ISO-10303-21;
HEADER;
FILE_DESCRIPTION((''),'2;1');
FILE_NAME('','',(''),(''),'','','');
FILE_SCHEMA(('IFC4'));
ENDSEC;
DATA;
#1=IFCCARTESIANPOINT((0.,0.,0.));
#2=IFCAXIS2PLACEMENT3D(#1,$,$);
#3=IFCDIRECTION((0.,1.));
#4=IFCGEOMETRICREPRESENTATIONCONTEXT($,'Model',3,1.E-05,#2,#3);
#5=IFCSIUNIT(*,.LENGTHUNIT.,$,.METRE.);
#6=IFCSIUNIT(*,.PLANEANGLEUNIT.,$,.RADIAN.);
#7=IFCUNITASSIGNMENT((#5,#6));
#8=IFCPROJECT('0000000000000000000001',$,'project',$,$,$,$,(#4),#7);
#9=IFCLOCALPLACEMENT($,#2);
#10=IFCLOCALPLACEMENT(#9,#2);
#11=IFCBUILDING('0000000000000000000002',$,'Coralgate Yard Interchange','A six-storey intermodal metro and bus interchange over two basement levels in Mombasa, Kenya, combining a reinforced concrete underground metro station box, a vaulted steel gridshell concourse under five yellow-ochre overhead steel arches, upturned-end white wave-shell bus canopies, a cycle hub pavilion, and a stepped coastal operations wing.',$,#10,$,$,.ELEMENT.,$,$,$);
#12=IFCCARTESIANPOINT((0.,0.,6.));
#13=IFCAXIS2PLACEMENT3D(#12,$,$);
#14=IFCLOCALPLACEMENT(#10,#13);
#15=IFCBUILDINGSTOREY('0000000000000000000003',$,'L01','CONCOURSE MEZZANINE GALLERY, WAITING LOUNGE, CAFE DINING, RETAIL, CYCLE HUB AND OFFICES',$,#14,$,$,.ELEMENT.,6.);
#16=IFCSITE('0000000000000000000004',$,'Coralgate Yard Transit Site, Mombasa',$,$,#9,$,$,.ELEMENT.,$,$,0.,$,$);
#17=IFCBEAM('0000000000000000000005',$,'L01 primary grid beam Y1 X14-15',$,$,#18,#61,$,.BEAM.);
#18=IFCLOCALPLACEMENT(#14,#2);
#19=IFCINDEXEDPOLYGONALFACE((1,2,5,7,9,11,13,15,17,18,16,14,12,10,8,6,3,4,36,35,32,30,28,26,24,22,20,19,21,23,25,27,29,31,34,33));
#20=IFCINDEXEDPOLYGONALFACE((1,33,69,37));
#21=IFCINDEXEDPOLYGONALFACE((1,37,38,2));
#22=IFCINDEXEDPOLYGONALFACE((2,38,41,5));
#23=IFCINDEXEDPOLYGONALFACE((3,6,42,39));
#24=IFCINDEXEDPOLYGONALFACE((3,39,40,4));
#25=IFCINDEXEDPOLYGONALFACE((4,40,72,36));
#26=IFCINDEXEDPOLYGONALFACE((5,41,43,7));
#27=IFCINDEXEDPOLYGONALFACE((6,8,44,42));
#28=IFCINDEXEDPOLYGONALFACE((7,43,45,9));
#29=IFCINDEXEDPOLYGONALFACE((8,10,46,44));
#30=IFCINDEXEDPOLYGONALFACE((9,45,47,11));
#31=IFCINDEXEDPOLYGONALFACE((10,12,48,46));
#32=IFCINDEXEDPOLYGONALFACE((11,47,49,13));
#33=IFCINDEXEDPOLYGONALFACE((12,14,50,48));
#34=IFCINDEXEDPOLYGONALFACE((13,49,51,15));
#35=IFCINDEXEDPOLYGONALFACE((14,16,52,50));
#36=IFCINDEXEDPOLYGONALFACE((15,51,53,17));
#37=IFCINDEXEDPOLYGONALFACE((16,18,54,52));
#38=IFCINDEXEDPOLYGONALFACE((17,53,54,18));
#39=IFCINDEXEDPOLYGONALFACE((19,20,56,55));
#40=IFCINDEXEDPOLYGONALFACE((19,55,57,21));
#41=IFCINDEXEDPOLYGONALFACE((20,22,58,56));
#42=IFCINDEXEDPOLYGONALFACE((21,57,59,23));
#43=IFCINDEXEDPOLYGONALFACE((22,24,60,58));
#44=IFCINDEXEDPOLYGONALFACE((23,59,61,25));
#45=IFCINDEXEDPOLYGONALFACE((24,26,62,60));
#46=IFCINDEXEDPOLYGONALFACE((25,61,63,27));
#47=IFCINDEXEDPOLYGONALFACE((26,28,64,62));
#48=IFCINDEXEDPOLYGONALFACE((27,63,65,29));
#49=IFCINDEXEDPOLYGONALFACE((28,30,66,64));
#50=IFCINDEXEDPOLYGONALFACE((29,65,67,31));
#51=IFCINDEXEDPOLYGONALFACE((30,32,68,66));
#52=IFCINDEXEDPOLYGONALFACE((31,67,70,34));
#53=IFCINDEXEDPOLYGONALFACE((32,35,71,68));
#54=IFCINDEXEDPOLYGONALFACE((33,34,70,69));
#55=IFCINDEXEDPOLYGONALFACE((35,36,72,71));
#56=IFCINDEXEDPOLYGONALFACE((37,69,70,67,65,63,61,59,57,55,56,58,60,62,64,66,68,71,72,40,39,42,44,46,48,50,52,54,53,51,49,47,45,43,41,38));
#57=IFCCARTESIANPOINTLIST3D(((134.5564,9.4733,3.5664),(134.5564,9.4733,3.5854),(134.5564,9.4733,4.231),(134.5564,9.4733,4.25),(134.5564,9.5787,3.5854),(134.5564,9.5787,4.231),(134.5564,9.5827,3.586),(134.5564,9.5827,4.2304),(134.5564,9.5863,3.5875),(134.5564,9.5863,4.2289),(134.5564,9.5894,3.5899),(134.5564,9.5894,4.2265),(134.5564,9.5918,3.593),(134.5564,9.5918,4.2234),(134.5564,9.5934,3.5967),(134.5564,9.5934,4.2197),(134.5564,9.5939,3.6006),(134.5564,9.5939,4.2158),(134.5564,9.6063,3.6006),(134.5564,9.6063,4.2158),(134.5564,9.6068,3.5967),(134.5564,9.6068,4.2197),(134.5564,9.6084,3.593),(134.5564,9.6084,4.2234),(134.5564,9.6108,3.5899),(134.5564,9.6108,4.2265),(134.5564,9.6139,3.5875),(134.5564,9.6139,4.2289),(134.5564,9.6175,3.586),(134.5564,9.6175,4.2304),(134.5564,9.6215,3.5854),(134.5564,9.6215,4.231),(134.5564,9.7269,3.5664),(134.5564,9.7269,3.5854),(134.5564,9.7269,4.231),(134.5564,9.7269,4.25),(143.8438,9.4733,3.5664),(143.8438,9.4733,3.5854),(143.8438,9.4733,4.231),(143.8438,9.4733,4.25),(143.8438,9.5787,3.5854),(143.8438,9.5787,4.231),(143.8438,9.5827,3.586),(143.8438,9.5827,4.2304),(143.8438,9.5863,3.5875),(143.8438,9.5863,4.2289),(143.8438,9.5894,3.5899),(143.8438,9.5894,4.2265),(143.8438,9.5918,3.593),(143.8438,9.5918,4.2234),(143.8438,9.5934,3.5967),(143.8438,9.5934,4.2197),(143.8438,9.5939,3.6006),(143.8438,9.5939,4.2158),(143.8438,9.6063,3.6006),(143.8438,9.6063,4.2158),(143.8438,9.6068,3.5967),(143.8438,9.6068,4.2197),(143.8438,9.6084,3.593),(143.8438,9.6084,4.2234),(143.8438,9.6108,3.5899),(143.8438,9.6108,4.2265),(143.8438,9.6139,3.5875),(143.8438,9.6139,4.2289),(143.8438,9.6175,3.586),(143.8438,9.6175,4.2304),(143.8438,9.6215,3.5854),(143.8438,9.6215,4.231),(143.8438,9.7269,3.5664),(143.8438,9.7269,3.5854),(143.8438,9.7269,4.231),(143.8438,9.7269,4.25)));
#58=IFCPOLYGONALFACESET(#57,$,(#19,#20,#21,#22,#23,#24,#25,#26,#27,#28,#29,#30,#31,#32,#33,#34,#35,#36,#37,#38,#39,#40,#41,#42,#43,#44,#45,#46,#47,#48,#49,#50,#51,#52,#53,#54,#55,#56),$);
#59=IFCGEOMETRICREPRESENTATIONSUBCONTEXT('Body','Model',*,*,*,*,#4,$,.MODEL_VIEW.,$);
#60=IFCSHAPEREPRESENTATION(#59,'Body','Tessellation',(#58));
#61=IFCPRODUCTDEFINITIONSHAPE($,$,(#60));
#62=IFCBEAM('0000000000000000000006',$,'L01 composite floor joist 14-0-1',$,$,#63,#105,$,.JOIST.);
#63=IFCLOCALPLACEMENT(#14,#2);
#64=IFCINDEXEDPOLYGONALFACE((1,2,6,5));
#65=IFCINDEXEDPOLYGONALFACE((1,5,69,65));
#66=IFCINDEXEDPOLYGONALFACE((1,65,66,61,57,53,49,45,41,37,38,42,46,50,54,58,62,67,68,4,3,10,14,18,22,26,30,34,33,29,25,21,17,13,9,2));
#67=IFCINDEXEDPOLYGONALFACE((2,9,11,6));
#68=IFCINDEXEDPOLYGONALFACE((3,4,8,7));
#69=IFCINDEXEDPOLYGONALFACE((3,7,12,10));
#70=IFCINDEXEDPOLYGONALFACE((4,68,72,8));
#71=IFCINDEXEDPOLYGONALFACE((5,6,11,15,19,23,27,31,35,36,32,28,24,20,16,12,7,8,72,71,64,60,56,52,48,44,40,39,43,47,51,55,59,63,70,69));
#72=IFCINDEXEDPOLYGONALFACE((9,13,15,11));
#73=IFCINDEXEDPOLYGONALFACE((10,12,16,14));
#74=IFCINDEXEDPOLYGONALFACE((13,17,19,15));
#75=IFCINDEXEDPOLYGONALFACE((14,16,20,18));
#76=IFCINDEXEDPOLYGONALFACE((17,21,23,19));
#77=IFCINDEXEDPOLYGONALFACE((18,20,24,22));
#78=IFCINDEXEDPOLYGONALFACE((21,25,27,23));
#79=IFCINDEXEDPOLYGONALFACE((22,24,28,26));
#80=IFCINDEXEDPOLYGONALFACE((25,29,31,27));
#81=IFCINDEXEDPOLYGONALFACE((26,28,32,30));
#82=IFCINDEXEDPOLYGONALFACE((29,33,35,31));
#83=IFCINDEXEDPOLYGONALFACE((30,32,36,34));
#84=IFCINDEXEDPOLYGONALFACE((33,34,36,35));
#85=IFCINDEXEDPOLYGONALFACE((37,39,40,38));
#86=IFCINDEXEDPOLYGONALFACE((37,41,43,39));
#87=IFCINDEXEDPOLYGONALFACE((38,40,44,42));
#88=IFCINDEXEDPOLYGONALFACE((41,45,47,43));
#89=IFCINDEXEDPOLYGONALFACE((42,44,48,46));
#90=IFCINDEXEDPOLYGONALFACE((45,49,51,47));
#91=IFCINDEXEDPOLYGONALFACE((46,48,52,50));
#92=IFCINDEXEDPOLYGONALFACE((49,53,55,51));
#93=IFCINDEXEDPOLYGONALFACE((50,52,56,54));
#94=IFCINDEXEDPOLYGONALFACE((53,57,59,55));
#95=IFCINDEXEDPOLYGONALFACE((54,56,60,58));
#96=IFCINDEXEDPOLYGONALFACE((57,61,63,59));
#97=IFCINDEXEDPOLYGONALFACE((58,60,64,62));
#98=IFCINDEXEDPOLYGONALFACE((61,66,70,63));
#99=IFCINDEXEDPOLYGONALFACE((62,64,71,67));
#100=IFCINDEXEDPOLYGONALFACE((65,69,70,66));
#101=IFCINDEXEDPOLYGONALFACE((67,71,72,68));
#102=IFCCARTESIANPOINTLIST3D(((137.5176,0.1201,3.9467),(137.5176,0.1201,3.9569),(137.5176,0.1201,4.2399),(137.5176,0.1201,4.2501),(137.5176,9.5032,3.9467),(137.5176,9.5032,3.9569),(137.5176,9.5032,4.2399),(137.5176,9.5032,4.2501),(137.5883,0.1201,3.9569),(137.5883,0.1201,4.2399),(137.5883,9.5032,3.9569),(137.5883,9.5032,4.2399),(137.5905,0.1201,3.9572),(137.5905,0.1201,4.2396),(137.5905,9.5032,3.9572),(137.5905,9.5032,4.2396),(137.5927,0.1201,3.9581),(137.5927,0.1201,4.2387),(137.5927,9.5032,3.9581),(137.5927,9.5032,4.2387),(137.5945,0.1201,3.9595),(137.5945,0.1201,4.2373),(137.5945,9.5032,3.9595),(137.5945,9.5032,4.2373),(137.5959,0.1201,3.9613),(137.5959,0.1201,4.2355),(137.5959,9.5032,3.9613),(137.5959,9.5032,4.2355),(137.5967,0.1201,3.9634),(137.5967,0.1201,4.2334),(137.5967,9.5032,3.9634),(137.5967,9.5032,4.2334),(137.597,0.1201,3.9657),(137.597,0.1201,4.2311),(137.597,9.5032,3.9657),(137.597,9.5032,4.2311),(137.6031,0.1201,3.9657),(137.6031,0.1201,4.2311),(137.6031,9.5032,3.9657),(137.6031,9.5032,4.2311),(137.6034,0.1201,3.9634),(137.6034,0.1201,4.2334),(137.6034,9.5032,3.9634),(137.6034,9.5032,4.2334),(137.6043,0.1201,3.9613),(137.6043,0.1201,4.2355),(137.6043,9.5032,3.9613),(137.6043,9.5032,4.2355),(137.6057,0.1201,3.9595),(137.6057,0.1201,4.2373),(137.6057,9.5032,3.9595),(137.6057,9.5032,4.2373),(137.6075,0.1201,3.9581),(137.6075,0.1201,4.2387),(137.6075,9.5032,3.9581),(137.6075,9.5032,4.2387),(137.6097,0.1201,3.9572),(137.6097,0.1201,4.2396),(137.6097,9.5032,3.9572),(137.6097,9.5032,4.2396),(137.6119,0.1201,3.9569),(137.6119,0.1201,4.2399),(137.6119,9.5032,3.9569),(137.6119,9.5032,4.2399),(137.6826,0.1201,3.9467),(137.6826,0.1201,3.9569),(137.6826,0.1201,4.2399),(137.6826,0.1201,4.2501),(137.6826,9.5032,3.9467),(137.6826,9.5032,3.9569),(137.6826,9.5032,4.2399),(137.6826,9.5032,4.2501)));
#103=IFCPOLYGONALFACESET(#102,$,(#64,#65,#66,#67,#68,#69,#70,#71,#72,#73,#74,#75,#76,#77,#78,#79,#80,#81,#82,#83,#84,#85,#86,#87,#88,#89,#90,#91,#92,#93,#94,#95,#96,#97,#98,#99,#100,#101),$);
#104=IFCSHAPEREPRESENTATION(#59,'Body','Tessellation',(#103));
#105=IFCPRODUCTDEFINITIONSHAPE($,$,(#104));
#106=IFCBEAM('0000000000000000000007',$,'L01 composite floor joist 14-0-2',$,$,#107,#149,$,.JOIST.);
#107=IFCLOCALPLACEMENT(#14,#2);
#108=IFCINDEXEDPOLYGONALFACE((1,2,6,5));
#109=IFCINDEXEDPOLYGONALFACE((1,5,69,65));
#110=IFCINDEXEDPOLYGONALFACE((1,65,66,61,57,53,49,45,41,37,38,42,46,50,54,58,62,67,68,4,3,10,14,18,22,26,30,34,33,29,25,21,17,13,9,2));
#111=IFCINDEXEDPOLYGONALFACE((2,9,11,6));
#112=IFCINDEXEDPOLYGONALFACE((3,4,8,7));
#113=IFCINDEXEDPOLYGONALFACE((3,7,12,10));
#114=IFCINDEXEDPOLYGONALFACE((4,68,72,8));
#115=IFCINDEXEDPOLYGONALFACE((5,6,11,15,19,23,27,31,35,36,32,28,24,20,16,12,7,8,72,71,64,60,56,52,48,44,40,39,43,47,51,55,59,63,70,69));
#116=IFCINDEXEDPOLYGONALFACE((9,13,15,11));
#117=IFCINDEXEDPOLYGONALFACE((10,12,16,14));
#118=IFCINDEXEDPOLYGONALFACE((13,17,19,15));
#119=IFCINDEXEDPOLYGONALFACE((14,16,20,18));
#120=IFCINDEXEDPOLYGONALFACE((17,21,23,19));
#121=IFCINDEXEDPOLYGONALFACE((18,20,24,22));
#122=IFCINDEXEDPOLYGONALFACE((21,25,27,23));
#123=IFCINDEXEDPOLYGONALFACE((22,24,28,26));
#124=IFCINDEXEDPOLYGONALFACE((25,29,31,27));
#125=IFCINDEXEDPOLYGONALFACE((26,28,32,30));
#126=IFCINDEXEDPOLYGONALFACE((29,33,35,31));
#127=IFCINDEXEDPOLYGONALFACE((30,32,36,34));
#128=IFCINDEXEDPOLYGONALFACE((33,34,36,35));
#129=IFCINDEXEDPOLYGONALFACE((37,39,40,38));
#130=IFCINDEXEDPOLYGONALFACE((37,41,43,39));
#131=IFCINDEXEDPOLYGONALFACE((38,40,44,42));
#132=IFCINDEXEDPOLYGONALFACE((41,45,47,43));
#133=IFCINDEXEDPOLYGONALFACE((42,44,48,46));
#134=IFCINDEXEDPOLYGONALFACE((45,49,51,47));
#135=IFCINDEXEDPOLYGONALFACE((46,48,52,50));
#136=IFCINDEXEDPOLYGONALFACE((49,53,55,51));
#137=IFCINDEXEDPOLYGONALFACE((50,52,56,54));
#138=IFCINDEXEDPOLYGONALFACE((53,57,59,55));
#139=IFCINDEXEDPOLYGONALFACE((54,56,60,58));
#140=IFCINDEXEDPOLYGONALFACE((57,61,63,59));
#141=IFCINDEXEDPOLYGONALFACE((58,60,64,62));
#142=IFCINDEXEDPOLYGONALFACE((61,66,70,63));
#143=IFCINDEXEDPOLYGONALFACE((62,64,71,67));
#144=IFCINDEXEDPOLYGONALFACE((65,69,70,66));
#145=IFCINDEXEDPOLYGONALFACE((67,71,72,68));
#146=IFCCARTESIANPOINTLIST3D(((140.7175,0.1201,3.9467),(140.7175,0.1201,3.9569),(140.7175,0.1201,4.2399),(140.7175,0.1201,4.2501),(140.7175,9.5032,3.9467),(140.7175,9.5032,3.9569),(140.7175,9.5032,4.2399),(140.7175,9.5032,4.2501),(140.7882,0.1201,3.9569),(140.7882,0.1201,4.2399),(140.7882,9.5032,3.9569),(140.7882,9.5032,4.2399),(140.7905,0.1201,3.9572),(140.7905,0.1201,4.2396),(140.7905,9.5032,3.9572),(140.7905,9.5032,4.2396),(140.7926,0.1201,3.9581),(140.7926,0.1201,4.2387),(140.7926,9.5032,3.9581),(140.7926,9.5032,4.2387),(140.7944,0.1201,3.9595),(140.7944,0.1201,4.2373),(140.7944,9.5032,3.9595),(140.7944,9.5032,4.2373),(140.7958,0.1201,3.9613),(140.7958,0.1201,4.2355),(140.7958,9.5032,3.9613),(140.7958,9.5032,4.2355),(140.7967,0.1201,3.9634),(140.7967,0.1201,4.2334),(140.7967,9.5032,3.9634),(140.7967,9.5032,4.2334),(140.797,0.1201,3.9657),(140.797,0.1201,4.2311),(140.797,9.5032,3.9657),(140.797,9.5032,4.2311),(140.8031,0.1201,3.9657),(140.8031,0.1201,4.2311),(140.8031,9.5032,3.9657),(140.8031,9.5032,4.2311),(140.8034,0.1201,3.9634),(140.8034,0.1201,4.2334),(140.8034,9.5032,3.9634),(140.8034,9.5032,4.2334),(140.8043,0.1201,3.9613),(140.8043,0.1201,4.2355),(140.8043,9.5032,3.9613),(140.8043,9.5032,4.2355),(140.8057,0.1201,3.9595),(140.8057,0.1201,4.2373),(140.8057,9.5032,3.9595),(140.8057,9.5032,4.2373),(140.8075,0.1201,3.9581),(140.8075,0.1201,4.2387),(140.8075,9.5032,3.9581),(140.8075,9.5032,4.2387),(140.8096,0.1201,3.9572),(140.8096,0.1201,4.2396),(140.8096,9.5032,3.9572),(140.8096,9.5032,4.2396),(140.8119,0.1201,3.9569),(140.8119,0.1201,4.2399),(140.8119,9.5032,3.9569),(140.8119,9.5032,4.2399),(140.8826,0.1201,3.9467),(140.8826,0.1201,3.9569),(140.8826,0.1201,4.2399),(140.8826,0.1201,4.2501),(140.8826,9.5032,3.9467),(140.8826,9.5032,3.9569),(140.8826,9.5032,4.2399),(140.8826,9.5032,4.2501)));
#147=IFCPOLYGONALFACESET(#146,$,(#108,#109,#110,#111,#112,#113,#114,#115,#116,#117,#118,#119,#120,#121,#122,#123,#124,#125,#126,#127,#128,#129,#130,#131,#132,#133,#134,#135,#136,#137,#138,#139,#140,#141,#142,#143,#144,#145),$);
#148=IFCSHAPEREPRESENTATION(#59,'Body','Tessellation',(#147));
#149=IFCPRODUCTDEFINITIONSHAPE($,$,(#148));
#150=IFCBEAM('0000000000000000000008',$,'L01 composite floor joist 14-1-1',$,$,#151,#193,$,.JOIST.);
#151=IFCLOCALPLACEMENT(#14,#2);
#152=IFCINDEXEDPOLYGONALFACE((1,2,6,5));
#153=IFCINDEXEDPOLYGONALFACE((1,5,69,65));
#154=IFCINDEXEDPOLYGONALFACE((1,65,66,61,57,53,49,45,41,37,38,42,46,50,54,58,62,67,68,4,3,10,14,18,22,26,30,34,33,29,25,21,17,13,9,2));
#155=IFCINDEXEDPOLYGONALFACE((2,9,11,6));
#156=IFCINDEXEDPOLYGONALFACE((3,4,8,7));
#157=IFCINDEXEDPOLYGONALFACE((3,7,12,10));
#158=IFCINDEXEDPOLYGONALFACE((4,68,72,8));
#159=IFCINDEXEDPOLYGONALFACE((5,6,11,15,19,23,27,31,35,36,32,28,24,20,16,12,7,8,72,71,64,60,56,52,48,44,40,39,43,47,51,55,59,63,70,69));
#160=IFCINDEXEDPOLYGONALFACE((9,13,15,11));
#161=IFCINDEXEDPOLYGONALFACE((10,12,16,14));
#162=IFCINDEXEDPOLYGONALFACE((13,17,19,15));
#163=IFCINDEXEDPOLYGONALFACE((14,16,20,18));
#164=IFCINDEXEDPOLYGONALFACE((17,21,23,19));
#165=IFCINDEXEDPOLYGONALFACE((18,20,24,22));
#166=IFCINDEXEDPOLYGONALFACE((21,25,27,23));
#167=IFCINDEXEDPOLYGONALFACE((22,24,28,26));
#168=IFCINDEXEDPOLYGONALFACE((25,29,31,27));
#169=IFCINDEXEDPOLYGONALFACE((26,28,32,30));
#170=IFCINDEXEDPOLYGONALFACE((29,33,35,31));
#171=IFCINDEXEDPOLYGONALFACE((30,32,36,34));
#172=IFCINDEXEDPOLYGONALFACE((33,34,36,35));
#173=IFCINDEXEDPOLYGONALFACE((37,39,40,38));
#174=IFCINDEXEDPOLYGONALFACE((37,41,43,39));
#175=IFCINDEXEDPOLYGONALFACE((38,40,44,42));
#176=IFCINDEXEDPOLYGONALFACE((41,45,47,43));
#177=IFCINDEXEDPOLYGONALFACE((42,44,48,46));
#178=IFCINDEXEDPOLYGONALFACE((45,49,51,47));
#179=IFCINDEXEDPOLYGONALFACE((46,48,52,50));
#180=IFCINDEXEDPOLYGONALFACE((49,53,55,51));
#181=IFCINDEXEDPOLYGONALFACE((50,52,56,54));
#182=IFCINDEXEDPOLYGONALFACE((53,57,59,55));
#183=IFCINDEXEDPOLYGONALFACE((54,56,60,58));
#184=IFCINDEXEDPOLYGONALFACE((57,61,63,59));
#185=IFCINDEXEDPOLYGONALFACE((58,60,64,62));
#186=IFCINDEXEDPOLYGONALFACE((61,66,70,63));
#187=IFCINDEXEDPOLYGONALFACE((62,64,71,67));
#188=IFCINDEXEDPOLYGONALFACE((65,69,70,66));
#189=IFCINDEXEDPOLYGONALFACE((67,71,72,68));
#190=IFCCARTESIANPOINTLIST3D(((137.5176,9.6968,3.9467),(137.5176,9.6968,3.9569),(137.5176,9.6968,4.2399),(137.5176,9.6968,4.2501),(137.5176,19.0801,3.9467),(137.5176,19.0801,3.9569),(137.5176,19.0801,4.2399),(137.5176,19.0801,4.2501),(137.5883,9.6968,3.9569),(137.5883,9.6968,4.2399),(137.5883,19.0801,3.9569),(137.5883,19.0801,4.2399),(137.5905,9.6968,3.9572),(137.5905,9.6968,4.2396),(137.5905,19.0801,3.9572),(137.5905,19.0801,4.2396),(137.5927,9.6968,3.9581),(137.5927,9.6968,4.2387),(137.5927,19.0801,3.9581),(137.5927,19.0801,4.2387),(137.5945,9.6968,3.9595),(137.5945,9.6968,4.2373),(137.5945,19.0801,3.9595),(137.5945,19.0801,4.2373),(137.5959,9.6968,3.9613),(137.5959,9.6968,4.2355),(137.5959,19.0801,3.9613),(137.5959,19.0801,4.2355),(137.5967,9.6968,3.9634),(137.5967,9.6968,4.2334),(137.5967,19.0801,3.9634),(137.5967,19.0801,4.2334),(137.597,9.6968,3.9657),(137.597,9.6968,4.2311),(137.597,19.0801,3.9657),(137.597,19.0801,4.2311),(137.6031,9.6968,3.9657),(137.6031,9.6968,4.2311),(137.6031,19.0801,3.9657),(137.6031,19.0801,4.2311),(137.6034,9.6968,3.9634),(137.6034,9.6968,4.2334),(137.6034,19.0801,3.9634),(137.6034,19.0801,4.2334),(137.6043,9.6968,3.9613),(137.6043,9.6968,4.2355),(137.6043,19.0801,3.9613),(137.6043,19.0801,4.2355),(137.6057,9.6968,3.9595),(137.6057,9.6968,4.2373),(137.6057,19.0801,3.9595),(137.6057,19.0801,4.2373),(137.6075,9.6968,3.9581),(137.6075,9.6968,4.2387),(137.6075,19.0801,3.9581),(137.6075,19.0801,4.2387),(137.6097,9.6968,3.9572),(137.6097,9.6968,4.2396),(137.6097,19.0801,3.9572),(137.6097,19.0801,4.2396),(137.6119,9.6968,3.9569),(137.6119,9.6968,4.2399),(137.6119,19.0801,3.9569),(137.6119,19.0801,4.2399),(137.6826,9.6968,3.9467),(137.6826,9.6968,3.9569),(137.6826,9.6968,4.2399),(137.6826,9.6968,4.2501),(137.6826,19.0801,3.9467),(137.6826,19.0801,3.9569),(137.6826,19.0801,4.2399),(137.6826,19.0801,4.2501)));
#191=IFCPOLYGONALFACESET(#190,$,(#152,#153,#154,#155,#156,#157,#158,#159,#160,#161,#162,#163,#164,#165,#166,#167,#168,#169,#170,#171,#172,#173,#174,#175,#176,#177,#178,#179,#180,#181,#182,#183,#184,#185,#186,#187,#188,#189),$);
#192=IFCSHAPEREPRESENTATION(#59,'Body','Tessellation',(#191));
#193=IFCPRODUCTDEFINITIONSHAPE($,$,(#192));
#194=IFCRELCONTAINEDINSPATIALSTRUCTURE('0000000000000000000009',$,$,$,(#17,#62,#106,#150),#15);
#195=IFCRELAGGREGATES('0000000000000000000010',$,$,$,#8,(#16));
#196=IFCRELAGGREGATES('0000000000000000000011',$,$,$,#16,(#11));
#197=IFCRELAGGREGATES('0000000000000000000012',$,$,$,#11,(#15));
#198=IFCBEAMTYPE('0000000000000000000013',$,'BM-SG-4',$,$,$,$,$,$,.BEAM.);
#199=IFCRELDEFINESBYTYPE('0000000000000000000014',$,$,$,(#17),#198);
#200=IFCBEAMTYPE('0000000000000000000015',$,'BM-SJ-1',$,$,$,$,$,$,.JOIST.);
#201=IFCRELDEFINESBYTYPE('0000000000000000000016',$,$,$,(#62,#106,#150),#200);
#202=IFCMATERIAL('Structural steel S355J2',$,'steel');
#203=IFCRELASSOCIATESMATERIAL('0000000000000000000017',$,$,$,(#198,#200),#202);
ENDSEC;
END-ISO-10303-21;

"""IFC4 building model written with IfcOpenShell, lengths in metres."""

from ifc_helpers import new_model, si_unit, direction, frame, origin, origin_2d, place, context, subcontext, project, spatial, i_section, extrude, material, material_profile, profile_set, type_object, element, save


model = new_model("IFC4")

# Units and contexts
model_context = context("Model", 3, precision=1e-05, world=origin(), true_north=direction((0.0, 1.0)))
body_context = subcontext(model_context, "Body", "Model", "MODEL_VIEW")
ifc_project = project(units=[si_unit("LENGTHUNIT", "METRE"), si_unit("PLANEANGLEUNIT", "RADIAN")], contexts=[model_context])

# Site, building, storey
site_placement = place(None, origin())
site = spatial("IfcSite", under=ifc_project, at=site_placement, Name="Coralgate Yard Transit Site, Mombasa", CompositionType="ELEMENT", RefElevation=0.0)
building_placement = place(site_placement, origin())
building = spatial("IfcBuilding", under=site, at=building_placement, Name="Coralgate Yard Interchange", Description="A six-storey intermodal metro and bus interchange over two basement levels in Mombasa, Kenya, combining a reinforced concrete underground metro station box, a vaulted steel gridshell concourse under five yellow-ochre overhead steel arches, upturned-end white wave-shell bus canopies, a cycle hub pavilion, and a stepped coastal operations wing.", CompositionType="ELEMENT")
storey_placement = place(building_placement, frame((0.0, 0.0, 6.0)))
storey = spatial("IfcBuildingStorey", under=building, at=storey_placement, Name="L01", Description="CONCOURSE MEZZANINE GALLERY, WAITING LOUNGE, CAFE DINING, RETAIL, CYCLE HUB AND OFFICES", CompositionType="ELEMENT", Elevation=6.0)

# Shared definitions
ifc_material_1 = material(Name="Structural steel S355J2", Category="steel")

# Beams
ifc_material_profile_1 = material_profile(ifc_material_1, i_section(OverallWidth=0.2537, OverallDepth=0.6836, WebThickness=0.0125, FlangeThickness=0.019, FilletRadius=0.0151, at=origin_2d()), Name="UB 686x254x140")
ifc_profile_set_1 = profile_set([ifc_material_profile_1], Name="Structural steel S355J2")
beam_type_1 = type_object("IfcBeamType", Name="BM-SG-4", PredefinedType="BEAM", material=ifc_profile_set_1)
beam_1_placement = place(storey_placement, frame((134.5564, 9.6001, 3.9082), z_axis=(1.0, 0.0, 0.0), x_axis=(0.0, 1.0, 0.0)))
element("IfcBeam", 1, at=beam_1_placement, inside=storey, type_object=beam_type_1, Name="L01 primary grid beam Y1 X14-15", PredefinedType="BEAM", context=body_context, shape_type="SweptSolid", body=[
    extrude(i_section(OverallWidth=0.2537, OverallDepth=0.6836, WebThickness=0.0125, FlangeThickness=0.019, FilletRadius=0.0151, at=origin_2d()), origin(), (0.0, 0.0, 1.0), 9.2874),
])
ifc_material_profile_2 = material_profile(ifc_material_1, i_section(OverallWidth=0.165, OverallDepth=0.3035, WebThickness=0.0061, FlangeThickness=0.0103, FilletRadius=0.0088, at=origin_2d()), Name="UB 305x165x40")
ifc_profile_set_2 = profile_set([ifc_material_profile_2], Name="Structural steel S355J2")
beam_type_2 = type_object("IfcBeamType", Name="BM-SJ-1", PredefinedType="JOIST", material=ifc_profile_set_2)
for number, where, z_axis, x_axis, name in (
    (2, (137.6001, 0.1201, 4.0984), (0.0, 1.0, 0.0), (-1.0, 0.0, 0.0), "L01 composite floor joist 14-0-1"),
    (3, (140.8, 0.1201, 4.0984), (0.0, 1.0, 0.0), (-1.0, 0.0, 0.0), "L01 composite floor joist 14-0-2"),
):
    element("IfcBeam", number, at=place(storey_placement, frame(where, z_axis=z_axis, x_axis=x_axis)), inside=storey, type_object=beam_type_2, Name=name, PredefinedType="JOIST", context=body_context, shape_type="SweptSolid", body=[
        extrude(i_section(OverallWidth=0.165, OverallDepth=0.3035, WebThickness=0.0061, FlangeThickness=0.0103, FilletRadius=0.0088, at=origin_2d()), origin(), (0.0, 0.0, 1.0), 9.3831),
    ])
for number, where, z_axis, x_axis, name in (
    (4, (137.6001, 9.6968, 4.0984), (0.0, 1.0, 0.0), (-1.0, 0.0, 0.0), "L01 composite floor joist 14-1-1"),
):
    element("IfcBeam", number, at=place(storey_placement, frame(where, z_axis=z_axis, x_axis=x_axis)), inside=storey, type_object=beam_type_2, Name=name, PredefinedType="JOIST", context=body_context, shape_type="SweptSolid", body=[
        extrude(i_section(OverallWidth=0.165, OverallDepth=0.3035, WebThickness=0.0061, FlangeThickness=0.0103, FilletRadius=0.0088, at=origin_2d()), origin(), (0.0, 0.0, 1.0), 9.3833),
    ])

save(model, "model.ifc")
